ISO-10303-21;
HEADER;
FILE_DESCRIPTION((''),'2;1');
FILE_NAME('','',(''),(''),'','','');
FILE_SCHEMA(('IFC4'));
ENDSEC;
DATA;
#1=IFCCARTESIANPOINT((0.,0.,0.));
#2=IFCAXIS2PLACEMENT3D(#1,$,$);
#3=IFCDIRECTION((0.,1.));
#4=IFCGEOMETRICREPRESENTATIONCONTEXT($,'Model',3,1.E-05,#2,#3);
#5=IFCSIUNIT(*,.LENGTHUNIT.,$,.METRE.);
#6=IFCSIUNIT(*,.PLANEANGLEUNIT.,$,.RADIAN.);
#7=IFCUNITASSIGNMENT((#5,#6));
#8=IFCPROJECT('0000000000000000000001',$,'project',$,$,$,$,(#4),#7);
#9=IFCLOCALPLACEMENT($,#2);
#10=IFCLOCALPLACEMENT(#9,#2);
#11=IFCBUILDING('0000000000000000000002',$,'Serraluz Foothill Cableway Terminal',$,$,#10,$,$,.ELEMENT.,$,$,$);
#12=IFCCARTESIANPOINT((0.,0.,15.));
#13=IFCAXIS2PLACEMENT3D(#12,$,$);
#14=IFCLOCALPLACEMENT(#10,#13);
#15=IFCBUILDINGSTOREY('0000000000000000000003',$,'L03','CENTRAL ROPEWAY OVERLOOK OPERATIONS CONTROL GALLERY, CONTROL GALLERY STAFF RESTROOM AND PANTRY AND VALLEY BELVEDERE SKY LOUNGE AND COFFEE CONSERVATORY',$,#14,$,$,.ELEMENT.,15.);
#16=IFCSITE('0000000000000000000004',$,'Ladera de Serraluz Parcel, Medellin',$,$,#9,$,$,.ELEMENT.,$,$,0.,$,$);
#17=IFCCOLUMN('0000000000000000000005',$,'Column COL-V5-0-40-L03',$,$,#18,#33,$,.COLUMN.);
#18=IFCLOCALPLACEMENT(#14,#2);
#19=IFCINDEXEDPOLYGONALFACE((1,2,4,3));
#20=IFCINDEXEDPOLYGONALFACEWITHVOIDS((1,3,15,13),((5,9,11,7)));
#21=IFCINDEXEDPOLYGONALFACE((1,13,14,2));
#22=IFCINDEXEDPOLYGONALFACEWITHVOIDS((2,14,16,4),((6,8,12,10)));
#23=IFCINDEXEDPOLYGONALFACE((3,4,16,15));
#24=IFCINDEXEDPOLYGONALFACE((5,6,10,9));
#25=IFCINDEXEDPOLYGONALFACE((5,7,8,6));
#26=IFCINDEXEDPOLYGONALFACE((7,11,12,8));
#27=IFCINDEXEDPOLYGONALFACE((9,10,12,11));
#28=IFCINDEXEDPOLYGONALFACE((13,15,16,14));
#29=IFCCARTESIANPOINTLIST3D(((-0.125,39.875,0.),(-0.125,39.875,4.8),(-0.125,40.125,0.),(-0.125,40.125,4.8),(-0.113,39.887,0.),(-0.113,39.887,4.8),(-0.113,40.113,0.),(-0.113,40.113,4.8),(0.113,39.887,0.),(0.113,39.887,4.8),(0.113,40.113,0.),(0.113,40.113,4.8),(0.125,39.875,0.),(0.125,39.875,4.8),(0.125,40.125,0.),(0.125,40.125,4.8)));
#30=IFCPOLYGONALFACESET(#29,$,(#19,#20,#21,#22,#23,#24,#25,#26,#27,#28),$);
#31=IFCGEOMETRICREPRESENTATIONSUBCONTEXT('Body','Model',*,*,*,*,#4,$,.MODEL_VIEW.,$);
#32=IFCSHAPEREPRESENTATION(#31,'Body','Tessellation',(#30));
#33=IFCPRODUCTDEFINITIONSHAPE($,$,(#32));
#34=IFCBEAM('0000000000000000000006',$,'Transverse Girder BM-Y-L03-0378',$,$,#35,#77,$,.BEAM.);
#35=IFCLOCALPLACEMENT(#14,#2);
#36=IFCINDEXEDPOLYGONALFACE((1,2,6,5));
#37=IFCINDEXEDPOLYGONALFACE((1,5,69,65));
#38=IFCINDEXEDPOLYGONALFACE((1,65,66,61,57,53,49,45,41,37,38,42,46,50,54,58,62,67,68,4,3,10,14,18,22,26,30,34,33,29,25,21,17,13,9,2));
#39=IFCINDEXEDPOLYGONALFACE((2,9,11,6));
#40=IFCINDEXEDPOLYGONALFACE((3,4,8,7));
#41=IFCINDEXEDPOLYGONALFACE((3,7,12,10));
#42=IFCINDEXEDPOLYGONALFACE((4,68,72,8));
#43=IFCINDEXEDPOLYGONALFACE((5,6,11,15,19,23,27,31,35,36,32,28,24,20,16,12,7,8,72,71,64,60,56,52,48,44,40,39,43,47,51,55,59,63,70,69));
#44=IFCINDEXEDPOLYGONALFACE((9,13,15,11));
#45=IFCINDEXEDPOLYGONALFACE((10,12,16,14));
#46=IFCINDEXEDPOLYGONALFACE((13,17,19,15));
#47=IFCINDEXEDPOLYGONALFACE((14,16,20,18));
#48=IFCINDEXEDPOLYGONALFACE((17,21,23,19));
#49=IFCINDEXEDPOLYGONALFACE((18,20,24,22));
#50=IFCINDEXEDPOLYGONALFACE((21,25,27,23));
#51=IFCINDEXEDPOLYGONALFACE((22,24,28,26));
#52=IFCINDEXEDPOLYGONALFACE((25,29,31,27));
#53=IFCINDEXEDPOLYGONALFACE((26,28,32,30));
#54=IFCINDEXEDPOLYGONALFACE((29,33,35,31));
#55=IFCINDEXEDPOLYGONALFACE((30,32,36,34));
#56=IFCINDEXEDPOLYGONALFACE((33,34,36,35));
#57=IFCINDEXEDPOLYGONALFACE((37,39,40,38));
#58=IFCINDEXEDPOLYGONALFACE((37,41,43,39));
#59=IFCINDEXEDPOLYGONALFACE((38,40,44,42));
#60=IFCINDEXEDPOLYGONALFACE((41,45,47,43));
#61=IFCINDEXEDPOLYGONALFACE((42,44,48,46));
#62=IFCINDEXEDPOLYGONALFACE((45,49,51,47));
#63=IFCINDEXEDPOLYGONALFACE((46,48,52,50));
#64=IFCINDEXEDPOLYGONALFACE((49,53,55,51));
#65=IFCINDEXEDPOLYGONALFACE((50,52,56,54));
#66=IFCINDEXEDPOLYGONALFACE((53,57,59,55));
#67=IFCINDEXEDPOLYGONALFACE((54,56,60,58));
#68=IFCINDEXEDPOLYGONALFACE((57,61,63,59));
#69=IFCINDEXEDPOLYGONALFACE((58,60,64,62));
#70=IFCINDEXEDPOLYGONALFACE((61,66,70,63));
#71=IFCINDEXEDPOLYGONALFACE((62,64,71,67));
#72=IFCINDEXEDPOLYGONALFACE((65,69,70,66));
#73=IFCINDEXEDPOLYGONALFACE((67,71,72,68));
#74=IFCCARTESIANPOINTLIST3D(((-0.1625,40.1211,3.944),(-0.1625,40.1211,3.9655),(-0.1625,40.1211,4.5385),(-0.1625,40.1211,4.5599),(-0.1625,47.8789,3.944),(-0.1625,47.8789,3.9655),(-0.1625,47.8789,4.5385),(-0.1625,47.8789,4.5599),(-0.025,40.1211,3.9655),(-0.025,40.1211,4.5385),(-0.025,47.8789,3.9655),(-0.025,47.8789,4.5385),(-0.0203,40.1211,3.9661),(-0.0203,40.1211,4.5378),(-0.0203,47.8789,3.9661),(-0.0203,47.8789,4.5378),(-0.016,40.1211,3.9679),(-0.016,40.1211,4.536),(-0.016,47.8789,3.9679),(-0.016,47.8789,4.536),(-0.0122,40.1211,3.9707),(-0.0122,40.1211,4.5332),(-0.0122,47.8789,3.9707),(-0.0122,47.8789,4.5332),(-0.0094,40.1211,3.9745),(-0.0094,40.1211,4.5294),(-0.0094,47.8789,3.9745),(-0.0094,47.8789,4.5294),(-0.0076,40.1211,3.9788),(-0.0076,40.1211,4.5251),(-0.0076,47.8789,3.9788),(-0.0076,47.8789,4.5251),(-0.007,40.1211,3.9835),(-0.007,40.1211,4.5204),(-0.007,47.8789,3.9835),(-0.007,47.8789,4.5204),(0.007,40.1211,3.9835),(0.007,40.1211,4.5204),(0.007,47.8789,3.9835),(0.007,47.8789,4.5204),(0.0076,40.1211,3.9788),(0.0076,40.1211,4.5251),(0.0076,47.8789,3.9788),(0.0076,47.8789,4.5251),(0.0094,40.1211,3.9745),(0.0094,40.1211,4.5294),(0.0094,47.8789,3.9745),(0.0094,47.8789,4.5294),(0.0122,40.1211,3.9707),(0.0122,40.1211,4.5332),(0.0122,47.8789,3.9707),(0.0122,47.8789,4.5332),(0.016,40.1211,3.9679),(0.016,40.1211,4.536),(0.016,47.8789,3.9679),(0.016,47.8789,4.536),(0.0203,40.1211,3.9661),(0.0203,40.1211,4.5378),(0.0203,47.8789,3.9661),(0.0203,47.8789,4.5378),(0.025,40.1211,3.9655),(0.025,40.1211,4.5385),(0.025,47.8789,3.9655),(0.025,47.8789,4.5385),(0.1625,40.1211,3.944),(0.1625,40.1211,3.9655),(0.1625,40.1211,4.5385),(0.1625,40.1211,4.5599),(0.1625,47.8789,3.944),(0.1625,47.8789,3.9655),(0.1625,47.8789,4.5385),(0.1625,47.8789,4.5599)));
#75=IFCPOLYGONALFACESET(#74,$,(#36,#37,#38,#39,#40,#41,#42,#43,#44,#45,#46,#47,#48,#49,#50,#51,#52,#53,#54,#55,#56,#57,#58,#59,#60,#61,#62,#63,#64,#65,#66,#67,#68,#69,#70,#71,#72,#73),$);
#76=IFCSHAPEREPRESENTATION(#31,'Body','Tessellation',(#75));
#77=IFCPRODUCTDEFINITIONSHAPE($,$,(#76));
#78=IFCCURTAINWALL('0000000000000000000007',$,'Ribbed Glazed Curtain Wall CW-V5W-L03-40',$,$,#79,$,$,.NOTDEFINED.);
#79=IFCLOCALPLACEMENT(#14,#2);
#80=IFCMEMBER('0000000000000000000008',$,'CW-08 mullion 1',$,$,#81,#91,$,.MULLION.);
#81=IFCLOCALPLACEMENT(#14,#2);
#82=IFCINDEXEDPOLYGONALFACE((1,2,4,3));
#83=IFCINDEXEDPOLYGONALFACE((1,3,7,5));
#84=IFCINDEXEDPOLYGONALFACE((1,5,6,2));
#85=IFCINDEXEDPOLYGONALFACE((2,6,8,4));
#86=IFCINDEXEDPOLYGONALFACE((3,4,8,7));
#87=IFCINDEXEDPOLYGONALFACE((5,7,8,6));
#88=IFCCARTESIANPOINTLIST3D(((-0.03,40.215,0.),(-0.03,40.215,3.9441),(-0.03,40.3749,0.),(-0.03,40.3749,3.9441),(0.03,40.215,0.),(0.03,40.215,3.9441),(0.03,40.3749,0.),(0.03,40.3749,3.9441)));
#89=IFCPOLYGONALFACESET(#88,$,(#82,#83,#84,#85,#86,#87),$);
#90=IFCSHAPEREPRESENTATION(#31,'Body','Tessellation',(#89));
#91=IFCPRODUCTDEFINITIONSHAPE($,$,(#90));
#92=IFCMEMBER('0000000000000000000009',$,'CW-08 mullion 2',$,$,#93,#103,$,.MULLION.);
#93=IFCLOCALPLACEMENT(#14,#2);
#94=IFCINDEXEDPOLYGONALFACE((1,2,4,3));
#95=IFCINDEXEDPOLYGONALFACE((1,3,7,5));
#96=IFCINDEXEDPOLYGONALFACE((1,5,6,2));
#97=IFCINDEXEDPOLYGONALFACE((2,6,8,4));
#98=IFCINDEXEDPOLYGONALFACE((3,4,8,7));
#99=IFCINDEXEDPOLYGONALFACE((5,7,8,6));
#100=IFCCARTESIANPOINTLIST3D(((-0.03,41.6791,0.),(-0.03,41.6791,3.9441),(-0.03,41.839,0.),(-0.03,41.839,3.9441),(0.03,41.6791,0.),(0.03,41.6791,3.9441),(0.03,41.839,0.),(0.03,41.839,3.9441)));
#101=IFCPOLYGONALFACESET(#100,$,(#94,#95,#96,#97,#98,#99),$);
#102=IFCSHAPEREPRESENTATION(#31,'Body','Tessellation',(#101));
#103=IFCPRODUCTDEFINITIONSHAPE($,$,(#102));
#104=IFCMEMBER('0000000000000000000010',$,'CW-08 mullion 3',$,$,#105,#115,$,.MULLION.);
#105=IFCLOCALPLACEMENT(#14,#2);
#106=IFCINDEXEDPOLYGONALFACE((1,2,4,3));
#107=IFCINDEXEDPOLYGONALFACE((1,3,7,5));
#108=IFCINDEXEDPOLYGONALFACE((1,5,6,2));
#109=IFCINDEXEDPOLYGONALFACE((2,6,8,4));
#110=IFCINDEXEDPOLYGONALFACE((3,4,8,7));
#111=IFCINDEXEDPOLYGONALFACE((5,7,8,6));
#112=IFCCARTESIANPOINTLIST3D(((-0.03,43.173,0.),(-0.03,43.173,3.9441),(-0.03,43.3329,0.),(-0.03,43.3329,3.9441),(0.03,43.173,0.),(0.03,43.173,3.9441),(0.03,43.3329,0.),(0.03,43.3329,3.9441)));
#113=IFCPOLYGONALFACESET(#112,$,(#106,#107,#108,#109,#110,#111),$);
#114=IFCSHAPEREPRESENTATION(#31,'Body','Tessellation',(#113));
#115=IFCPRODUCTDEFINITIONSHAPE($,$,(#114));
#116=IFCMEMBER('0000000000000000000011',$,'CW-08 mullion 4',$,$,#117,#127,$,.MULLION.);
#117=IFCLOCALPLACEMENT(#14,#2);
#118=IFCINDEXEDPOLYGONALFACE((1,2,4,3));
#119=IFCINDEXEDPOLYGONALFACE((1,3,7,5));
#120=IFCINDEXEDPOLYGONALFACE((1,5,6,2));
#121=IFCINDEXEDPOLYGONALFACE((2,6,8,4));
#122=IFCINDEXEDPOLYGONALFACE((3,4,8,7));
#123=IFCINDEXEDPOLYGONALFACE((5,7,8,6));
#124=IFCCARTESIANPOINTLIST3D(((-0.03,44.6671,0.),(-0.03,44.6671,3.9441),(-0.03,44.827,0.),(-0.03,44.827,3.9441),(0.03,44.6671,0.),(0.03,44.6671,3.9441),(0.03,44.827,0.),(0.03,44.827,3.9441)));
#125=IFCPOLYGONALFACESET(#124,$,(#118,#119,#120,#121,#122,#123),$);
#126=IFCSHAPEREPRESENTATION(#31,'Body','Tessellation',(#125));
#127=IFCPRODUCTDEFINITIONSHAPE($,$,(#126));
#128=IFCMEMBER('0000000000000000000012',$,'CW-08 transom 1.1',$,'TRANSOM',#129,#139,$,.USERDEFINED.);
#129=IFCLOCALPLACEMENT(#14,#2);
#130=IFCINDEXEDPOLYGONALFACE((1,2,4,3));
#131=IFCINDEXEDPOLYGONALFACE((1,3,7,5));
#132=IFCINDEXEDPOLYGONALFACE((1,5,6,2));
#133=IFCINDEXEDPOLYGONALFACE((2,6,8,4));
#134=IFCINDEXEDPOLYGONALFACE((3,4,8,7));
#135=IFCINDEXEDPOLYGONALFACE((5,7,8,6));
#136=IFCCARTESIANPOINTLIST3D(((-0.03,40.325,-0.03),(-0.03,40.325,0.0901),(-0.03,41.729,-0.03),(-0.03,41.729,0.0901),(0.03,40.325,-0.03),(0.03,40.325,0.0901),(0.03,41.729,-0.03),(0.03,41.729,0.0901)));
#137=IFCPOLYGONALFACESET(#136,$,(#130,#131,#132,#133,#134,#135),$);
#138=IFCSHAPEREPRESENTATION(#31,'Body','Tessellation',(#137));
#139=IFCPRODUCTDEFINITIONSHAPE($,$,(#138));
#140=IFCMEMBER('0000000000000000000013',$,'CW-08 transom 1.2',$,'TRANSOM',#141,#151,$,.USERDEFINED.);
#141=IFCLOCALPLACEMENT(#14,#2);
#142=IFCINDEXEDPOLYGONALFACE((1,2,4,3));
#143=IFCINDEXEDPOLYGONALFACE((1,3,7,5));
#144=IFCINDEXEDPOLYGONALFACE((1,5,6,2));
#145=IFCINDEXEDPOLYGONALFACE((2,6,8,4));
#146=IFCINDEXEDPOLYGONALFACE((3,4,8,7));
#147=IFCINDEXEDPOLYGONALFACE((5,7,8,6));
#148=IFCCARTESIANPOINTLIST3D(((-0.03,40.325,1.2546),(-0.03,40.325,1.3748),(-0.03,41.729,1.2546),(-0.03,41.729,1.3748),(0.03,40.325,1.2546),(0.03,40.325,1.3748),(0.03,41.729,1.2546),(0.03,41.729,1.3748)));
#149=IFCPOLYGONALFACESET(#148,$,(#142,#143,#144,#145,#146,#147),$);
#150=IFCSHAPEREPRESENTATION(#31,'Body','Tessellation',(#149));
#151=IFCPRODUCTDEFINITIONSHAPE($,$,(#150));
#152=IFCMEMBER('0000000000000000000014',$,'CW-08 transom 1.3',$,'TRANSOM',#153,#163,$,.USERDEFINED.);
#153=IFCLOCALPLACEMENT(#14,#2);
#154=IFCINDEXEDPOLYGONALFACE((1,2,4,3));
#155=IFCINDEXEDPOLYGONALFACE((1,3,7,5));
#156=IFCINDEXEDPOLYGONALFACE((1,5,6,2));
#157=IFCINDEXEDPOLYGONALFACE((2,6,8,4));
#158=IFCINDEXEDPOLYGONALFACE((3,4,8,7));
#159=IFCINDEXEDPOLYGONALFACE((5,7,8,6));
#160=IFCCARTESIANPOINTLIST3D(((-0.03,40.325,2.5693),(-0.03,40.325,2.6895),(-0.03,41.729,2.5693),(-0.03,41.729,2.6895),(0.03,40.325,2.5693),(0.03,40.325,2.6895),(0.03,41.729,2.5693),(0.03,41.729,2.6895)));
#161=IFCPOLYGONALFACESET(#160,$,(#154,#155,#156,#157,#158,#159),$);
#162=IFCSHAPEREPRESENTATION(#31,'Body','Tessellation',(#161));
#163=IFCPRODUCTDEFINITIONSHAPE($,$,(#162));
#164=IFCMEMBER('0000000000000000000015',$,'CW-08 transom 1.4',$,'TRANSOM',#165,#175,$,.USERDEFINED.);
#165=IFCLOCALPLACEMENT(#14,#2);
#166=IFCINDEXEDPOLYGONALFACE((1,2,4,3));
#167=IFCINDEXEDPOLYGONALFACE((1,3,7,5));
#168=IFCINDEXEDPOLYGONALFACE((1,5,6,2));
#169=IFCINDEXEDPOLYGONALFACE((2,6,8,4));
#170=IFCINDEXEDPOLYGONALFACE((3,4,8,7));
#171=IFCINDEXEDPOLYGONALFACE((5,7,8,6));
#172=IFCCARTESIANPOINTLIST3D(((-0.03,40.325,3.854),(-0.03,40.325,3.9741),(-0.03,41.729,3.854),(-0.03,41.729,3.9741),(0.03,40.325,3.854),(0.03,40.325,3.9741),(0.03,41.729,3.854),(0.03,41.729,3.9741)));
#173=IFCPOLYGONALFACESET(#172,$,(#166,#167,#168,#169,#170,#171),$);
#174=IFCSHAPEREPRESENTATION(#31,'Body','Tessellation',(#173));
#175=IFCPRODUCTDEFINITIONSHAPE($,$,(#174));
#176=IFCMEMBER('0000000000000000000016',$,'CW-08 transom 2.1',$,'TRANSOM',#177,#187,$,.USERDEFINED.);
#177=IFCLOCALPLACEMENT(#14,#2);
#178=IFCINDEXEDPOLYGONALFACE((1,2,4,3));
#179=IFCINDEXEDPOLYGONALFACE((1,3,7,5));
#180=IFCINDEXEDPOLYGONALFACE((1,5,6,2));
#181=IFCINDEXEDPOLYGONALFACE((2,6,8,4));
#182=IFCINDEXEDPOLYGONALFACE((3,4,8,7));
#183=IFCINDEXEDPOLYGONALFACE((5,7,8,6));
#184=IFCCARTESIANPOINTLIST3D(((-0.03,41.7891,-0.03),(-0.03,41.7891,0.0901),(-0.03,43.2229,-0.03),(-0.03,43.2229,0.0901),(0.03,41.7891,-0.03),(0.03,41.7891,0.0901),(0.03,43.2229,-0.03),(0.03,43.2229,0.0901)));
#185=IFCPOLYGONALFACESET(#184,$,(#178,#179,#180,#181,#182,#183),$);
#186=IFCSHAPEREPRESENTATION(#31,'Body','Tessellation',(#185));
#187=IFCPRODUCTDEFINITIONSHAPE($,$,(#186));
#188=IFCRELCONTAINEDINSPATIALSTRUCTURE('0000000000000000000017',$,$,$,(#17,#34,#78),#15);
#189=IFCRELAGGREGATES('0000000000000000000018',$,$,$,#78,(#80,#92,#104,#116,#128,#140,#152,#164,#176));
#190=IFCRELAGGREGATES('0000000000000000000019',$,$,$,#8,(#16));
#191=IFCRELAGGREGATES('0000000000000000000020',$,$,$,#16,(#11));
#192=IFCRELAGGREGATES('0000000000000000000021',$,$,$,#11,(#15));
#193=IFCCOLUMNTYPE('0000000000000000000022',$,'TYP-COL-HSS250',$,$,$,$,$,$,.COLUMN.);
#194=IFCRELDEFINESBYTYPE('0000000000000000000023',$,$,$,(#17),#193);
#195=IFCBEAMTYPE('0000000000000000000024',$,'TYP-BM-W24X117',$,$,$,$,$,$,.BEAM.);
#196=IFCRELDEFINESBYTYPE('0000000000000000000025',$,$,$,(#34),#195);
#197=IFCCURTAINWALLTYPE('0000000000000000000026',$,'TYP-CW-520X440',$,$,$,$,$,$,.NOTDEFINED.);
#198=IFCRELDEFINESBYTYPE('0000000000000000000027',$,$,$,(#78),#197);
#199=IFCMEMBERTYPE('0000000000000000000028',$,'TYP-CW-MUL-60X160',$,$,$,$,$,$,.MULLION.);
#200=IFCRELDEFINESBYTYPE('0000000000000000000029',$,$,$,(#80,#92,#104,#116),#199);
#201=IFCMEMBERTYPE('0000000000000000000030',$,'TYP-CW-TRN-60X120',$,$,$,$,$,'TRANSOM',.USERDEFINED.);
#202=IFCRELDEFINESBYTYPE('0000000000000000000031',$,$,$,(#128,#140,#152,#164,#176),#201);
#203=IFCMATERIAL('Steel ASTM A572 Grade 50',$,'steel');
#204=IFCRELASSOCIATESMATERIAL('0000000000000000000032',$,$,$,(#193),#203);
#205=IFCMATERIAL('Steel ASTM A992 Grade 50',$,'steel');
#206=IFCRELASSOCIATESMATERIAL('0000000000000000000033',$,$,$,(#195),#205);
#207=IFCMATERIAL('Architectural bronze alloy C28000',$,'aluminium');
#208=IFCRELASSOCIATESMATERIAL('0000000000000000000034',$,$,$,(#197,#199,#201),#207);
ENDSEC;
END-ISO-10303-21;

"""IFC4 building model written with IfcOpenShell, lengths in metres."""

from ifc_helpers import new_model, si_unit, direction, frame, origin, origin_2d, place, context, subcontext, project, spatial, rectangle, hollow_rectangle, i_section, extrude, material, material_profile, profile_set, type_object, element, aggregate, save


model = new_model("IFC4")

# Units and contexts
model_context = context("Model", 3, precision=1e-05, world=origin(), true_north=direction((0.0, 1.0)))
body_context = subcontext(model_context, "Body", "Model", "MODEL_VIEW")
ifc_project = project(units=[si_unit("LENGTHUNIT", "METRE"), si_unit("PLANEANGLEUNIT", "RADIAN")], contexts=[model_context])

# Site, building, storey
site_placement = place(None, origin())
site = spatial("IfcSite", under=ifc_project, at=site_placement, Name="Ladera de Serraluz Parcel, Medellin", CompositionType="ELEMENT", RefElevation=0.0)
building_placement = place(site_placement, origin())
building = spatial("IfcBuilding", under=site, at=building_placement, Name="Serraluz Foothill Cableway Terminal", CompositionType="ELEMENT")
storey_placement = place(building_placement, frame((0.0, 0.0, 15.0)))
storey = spatial("IfcBuildingStorey", under=building, at=storey_placement, Name="L03", Description="CENTRAL ROPEWAY OVERLOOK OPERATIONS CONTROL GALLERY, CONTROL GALLERY STAFF RESTROOM AND PANTRY AND VALLEY BELVEDERE SKY LOUNGE AND COFFEE CONSERVATORY", CompositionType="ELEMENT", Elevation=15.0)

# Column
ifc_material_1 = material(Name="Steel ASTM A572 Grade 50", Category="steel")
ifc_material_profile_1 = material_profile(ifc_material_1, hollow_rectangle(XDim=0.25, YDim=0.25, WallThickness=0.012, at=origin_2d()), Name="HSS250X250X12")
ifc_profile_set_1 = profile_set([ifc_material_profile_1], Name="Steel ASTM A572 Grade 50")
column_type = type_object("IfcColumnType", Name="TYP-COL-HSS250", PredefinedType="COLUMN", material=ifc_profile_set_1)
column_placement = place(storey_placement, frame((0.0, 40.0, 0.0), z_axis=(0.0, 0.0, 1.0), x_axis=(1.0, 0.0, 0.0)))
element("IfcColumn", 1, at=column_placement, inside=storey, type_object=column_type, Name="Column COL-V5-0-40-L03", PredefinedType="COLUMN", context=body_context, shape_type="SweptSolid", body=[
    extrude(hollow_rectangle(XDim=0.25, YDim=0.25, WallThickness=0.012, at=origin_2d()), origin(), (0.0, 0.0, 1.0), 4.8),
])

# Beam
ifc_material_2 = material(Name="Steel ASTM A992 Grade 50", Category="steel")
ifc_material_profile_2 = material_profile(ifc_material_2, i_section(OverallWidth=0.325, OverallDepth=0.616, WebThickness=0.0139, FlangeThickness=0.0215, FilletRadius=0.0181, at=origin_2d()), Name="W24X117")
ifc_profile_set_2 = profile_set([ifc_material_profile_2], Name="Steel ASTM A992 Grade 50")
beam_type_1 = type_object("IfcBeamType", Name="TYP-BM-W24X117", PredefinedType="BEAM", material=ifc_profile_set_2)
beam_1_placement = place(storey_placement, frame((0.0, 40.1211, 4.252), z_axis=(0.0, 1.0, 0.0), x_axis=(-1.0, 0.0, 0.0)))
element("IfcBeam", 2, at=beam_1_placement, inside=storey, type_object=beam_type_1, Name="Transverse Girder BM-Y-L03-0378", PredefinedType="BEAM", context=body_context, shape_type="SweptSolid", body=[
    extrude(i_section(OverallWidth=0.325, OverallDepth=0.616, WebThickness=0.0139, FlangeThickness=0.0215, FilletRadius=0.0181, at=origin_2d()), origin(), (0.0, 0.0, 1.0), 7.7578),
])

# Curtain wall, members
ifc_material_3 = material(Name="Architectural bronze alloy C28000", Category="aluminium")
curtain_wall_type = type_object("IfcCurtainWallType", Name="TYP-CW-520X440", PredefinedType="NOTDEFINED", material=ifc_material_3)
curtain_wall_placement = place(storey_placement, origin())
curtain_wall = element("IfcCurtainWall", 3, at=curtain_wall_placement, inside=storey, type_object=curtain_wall_type, Name="Ribbed Glazed Curtain Wall CW-V5W-L03-40", PredefinedType="NOTDEFINED")
ifc_material_profile_3 = material_profile(ifc_material_3, rectangle(XDim=0.0601, YDim=0.1599, at=origin_2d()), Name="ALU MULLION 60x160")
ifc_profile_set_3 = profile_set([ifc_material_profile_3], Name="Architectural bronze alloy C28000")
member_type_1 = type_object("IfcMemberType", Name="TYP-CW-MUL-60X160", PredefinedType="MULLION", material=ifc_profile_set_3)
member_1_placement = place(storey_placement, frame((0.0, 40.2949, 0.0), z_axis=(0.0, 0.0, 1.0), x_axis=(-1.0, 0.0, 0.0)))
member_1 = element("IfcMember", 4, at=member_1_placement, type_object=member_type_1, Name="CW-08 mullion 1", PredefinedType="MULLION", context=body_context, shape_type="SweptSolid", body=[
    extrude(rectangle(XDim=0.0601, YDim=0.1599, at=origin_2d()), origin(), (0.0, 0.0, 1.0), 3.9441),
])
member_2_placement = place(storey_placement, frame((0.0, 41.759, 0.0), z_axis=(0.0, 0.0, 1.0), x_axis=(-1.0, 0.0, 0.0)))
member_2 = element("IfcMember", 5, at=member_2_placement, type_object=member_type_1, Name="CW-08 mullion 2", PredefinedType="MULLION", context=body_context, shape_type="SweptSolid", body=[
    extrude(rectangle(XDim=0.0601, YDim=0.1599, at=origin_2d()), origin(), (0.0, 0.0, 1.0), 3.9441),
])
member_3_placement = place(storey_placement, frame((0.0, 43.2529, 0.0), z_axis=(0.0, 0.0, 1.0), x_axis=(-1.0, 0.0, 0.0)))
member_3 = element("IfcMember", 6, at=member_3_placement, type_object=member_type_1, Name="CW-08 mullion 3", PredefinedType="MULLION", context=body_context, shape_type="SweptSolid", body=[
    extrude(rectangle(XDim=0.0601, YDim=0.1599, at=origin_2d()), origin(), (0.0, 0.0, 1.0), 3.9441),
])
member_4_placement = place(storey_placement, frame((0.0, 44.7471, 0.0), z_axis=(0.0, 0.0, 1.0), x_axis=(-1.0, 0.0, 0.0)))
member_4 = element("IfcMember", 7, at=member_4_placement, type_object=member_type_1, Name="CW-08 mullion 4", PredefinedType="MULLION", context=body_context, shape_type="SweptSolid", body=[
    extrude(rectangle(XDim=0.0601, YDim=0.1599, at=origin_2d()), origin(), (0.0, 0.0, 1.0), 3.9441),
])
ifc_material_profile_4 = material_profile(ifc_material_3, rectangle(XDim=0.0601, YDim=0.1201, at=origin_2d()), Name="ALU TRANSOM 60x120")
ifc_profile_set_4 = profile_set([ifc_material_profile_4], Name="Architectural bronze alloy C28000")
member_type_2 = type_object("IfcMemberType", Name="TYP-CW-TRN-60X120", ElementType="TRANSOM", PredefinedType="USERDEFINED", material=ifc_profile_set_4)
member_5_placement = place(storey_placement, frame((0.0, 40.325, 0.03), z_axis=(0.0, 1.0, 0.0), x_axis=(-1.0, 0.0, 0.0)))
member_5 = element("IfcMember", 8, at=member_5_placement, type_object=member_type_2, Name="CW-08 transom 1.1", ObjectType="TRANSOM", PredefinedType="USERDEFINED", context=body_context, shape_type="SweptSolid", body=[
    extrude(rectangle(XDim=0.0601, YDim=0.1201, at=origin_2d()), origin(), (0.0, 0.0, 1.0), 1.4041),
])
member_6_placement = place(storey_placement, frame((0.0, 40.325, 1.3147), z_axis=(0.0, 1.0, 0.0), x_axis=(-1.0, 0.0, 0.0)))
member_6 = element("IfcMember", 9, at=member_6_placement, type_object=member_type_2, Name="CW-08 transom 1.2", ObjectType="TRANSOM", PredefinedType="USERDEFINED", context=body_context, shape_type="SweptSolid", body=[
    extrude(rectangle(XDim=0.0601, YDim=0.1201, at=origin_2d()), origin(), (0.0, 0.0, 1.0), 1.4041),
])
member_7_placement = place(storey_placement, frame((0.0, 40.325, 2.6294), z_axis=(0.0, 1.0, 0.0), x_axis=(-1.0, 0.0, 0.0)))
member_7 = element("IfcMember", 10, at=member_7_placement, type_object=member_type_2, Name="CW-08 transom 1.3", ObjectType="TRANSOM", PredefinedType="USERDEFINED", context=body_context, shape_type="SweptSolid", body=[
    extrude(rectangle(XDim=0.0601, YDim=0.1201, at=origin_2d()), origin(), (0.0, 0.0, 1.0), 1.4041),
])
member_8_placement = place(storey_placement, frame((0.0, 40.325, 3.9141), z_axis=(0.0, 1.0, 0.0), x_axis=(-1.0, 0.0, 0.0)))
member_8 = element("IfcMember", 11, at=member_8_placement, type_object=member_type_2, Name="CW-08 transom 1.4", ObjectType="TRANSOM", PredefinedType="USERDEFINED", context=body_context, shape_type="SweptSolid", body=[
    extrude(rectangle(XDim=0.0601, YDim=0.1201, at=origin_2d()), origin(), (0.0, 0.0, 1.0), 1.4041),
])
member_9_placement = place(storey_placement, frame((0.0, 41.7891, 0.03), z_axis=(0.0, 1.0, 0.0), x_axis=(-1.0, 0.0, 0.0)))
member_9 = element("IfcMember", 12, at=member_9_placement, type_object=member_type_2, Name="CW-08 transom 2.1", ObjectType="TRANSOM", PredefinedType="USERDEFINED", context=body_context, shape_type="SweptSolid", body=[
    extrude(rectangle(XDim=0.0601, YDim=0.1201, at=origin_2d()), origin(), (0.0, 0.0, 1.0), 1.4338),
])

aggregate(curtain_wall, [member_1, member_2, member_3, member_4, member_5, member_6, member_7, member_8, member_9])

save(model, "model.ifc")
